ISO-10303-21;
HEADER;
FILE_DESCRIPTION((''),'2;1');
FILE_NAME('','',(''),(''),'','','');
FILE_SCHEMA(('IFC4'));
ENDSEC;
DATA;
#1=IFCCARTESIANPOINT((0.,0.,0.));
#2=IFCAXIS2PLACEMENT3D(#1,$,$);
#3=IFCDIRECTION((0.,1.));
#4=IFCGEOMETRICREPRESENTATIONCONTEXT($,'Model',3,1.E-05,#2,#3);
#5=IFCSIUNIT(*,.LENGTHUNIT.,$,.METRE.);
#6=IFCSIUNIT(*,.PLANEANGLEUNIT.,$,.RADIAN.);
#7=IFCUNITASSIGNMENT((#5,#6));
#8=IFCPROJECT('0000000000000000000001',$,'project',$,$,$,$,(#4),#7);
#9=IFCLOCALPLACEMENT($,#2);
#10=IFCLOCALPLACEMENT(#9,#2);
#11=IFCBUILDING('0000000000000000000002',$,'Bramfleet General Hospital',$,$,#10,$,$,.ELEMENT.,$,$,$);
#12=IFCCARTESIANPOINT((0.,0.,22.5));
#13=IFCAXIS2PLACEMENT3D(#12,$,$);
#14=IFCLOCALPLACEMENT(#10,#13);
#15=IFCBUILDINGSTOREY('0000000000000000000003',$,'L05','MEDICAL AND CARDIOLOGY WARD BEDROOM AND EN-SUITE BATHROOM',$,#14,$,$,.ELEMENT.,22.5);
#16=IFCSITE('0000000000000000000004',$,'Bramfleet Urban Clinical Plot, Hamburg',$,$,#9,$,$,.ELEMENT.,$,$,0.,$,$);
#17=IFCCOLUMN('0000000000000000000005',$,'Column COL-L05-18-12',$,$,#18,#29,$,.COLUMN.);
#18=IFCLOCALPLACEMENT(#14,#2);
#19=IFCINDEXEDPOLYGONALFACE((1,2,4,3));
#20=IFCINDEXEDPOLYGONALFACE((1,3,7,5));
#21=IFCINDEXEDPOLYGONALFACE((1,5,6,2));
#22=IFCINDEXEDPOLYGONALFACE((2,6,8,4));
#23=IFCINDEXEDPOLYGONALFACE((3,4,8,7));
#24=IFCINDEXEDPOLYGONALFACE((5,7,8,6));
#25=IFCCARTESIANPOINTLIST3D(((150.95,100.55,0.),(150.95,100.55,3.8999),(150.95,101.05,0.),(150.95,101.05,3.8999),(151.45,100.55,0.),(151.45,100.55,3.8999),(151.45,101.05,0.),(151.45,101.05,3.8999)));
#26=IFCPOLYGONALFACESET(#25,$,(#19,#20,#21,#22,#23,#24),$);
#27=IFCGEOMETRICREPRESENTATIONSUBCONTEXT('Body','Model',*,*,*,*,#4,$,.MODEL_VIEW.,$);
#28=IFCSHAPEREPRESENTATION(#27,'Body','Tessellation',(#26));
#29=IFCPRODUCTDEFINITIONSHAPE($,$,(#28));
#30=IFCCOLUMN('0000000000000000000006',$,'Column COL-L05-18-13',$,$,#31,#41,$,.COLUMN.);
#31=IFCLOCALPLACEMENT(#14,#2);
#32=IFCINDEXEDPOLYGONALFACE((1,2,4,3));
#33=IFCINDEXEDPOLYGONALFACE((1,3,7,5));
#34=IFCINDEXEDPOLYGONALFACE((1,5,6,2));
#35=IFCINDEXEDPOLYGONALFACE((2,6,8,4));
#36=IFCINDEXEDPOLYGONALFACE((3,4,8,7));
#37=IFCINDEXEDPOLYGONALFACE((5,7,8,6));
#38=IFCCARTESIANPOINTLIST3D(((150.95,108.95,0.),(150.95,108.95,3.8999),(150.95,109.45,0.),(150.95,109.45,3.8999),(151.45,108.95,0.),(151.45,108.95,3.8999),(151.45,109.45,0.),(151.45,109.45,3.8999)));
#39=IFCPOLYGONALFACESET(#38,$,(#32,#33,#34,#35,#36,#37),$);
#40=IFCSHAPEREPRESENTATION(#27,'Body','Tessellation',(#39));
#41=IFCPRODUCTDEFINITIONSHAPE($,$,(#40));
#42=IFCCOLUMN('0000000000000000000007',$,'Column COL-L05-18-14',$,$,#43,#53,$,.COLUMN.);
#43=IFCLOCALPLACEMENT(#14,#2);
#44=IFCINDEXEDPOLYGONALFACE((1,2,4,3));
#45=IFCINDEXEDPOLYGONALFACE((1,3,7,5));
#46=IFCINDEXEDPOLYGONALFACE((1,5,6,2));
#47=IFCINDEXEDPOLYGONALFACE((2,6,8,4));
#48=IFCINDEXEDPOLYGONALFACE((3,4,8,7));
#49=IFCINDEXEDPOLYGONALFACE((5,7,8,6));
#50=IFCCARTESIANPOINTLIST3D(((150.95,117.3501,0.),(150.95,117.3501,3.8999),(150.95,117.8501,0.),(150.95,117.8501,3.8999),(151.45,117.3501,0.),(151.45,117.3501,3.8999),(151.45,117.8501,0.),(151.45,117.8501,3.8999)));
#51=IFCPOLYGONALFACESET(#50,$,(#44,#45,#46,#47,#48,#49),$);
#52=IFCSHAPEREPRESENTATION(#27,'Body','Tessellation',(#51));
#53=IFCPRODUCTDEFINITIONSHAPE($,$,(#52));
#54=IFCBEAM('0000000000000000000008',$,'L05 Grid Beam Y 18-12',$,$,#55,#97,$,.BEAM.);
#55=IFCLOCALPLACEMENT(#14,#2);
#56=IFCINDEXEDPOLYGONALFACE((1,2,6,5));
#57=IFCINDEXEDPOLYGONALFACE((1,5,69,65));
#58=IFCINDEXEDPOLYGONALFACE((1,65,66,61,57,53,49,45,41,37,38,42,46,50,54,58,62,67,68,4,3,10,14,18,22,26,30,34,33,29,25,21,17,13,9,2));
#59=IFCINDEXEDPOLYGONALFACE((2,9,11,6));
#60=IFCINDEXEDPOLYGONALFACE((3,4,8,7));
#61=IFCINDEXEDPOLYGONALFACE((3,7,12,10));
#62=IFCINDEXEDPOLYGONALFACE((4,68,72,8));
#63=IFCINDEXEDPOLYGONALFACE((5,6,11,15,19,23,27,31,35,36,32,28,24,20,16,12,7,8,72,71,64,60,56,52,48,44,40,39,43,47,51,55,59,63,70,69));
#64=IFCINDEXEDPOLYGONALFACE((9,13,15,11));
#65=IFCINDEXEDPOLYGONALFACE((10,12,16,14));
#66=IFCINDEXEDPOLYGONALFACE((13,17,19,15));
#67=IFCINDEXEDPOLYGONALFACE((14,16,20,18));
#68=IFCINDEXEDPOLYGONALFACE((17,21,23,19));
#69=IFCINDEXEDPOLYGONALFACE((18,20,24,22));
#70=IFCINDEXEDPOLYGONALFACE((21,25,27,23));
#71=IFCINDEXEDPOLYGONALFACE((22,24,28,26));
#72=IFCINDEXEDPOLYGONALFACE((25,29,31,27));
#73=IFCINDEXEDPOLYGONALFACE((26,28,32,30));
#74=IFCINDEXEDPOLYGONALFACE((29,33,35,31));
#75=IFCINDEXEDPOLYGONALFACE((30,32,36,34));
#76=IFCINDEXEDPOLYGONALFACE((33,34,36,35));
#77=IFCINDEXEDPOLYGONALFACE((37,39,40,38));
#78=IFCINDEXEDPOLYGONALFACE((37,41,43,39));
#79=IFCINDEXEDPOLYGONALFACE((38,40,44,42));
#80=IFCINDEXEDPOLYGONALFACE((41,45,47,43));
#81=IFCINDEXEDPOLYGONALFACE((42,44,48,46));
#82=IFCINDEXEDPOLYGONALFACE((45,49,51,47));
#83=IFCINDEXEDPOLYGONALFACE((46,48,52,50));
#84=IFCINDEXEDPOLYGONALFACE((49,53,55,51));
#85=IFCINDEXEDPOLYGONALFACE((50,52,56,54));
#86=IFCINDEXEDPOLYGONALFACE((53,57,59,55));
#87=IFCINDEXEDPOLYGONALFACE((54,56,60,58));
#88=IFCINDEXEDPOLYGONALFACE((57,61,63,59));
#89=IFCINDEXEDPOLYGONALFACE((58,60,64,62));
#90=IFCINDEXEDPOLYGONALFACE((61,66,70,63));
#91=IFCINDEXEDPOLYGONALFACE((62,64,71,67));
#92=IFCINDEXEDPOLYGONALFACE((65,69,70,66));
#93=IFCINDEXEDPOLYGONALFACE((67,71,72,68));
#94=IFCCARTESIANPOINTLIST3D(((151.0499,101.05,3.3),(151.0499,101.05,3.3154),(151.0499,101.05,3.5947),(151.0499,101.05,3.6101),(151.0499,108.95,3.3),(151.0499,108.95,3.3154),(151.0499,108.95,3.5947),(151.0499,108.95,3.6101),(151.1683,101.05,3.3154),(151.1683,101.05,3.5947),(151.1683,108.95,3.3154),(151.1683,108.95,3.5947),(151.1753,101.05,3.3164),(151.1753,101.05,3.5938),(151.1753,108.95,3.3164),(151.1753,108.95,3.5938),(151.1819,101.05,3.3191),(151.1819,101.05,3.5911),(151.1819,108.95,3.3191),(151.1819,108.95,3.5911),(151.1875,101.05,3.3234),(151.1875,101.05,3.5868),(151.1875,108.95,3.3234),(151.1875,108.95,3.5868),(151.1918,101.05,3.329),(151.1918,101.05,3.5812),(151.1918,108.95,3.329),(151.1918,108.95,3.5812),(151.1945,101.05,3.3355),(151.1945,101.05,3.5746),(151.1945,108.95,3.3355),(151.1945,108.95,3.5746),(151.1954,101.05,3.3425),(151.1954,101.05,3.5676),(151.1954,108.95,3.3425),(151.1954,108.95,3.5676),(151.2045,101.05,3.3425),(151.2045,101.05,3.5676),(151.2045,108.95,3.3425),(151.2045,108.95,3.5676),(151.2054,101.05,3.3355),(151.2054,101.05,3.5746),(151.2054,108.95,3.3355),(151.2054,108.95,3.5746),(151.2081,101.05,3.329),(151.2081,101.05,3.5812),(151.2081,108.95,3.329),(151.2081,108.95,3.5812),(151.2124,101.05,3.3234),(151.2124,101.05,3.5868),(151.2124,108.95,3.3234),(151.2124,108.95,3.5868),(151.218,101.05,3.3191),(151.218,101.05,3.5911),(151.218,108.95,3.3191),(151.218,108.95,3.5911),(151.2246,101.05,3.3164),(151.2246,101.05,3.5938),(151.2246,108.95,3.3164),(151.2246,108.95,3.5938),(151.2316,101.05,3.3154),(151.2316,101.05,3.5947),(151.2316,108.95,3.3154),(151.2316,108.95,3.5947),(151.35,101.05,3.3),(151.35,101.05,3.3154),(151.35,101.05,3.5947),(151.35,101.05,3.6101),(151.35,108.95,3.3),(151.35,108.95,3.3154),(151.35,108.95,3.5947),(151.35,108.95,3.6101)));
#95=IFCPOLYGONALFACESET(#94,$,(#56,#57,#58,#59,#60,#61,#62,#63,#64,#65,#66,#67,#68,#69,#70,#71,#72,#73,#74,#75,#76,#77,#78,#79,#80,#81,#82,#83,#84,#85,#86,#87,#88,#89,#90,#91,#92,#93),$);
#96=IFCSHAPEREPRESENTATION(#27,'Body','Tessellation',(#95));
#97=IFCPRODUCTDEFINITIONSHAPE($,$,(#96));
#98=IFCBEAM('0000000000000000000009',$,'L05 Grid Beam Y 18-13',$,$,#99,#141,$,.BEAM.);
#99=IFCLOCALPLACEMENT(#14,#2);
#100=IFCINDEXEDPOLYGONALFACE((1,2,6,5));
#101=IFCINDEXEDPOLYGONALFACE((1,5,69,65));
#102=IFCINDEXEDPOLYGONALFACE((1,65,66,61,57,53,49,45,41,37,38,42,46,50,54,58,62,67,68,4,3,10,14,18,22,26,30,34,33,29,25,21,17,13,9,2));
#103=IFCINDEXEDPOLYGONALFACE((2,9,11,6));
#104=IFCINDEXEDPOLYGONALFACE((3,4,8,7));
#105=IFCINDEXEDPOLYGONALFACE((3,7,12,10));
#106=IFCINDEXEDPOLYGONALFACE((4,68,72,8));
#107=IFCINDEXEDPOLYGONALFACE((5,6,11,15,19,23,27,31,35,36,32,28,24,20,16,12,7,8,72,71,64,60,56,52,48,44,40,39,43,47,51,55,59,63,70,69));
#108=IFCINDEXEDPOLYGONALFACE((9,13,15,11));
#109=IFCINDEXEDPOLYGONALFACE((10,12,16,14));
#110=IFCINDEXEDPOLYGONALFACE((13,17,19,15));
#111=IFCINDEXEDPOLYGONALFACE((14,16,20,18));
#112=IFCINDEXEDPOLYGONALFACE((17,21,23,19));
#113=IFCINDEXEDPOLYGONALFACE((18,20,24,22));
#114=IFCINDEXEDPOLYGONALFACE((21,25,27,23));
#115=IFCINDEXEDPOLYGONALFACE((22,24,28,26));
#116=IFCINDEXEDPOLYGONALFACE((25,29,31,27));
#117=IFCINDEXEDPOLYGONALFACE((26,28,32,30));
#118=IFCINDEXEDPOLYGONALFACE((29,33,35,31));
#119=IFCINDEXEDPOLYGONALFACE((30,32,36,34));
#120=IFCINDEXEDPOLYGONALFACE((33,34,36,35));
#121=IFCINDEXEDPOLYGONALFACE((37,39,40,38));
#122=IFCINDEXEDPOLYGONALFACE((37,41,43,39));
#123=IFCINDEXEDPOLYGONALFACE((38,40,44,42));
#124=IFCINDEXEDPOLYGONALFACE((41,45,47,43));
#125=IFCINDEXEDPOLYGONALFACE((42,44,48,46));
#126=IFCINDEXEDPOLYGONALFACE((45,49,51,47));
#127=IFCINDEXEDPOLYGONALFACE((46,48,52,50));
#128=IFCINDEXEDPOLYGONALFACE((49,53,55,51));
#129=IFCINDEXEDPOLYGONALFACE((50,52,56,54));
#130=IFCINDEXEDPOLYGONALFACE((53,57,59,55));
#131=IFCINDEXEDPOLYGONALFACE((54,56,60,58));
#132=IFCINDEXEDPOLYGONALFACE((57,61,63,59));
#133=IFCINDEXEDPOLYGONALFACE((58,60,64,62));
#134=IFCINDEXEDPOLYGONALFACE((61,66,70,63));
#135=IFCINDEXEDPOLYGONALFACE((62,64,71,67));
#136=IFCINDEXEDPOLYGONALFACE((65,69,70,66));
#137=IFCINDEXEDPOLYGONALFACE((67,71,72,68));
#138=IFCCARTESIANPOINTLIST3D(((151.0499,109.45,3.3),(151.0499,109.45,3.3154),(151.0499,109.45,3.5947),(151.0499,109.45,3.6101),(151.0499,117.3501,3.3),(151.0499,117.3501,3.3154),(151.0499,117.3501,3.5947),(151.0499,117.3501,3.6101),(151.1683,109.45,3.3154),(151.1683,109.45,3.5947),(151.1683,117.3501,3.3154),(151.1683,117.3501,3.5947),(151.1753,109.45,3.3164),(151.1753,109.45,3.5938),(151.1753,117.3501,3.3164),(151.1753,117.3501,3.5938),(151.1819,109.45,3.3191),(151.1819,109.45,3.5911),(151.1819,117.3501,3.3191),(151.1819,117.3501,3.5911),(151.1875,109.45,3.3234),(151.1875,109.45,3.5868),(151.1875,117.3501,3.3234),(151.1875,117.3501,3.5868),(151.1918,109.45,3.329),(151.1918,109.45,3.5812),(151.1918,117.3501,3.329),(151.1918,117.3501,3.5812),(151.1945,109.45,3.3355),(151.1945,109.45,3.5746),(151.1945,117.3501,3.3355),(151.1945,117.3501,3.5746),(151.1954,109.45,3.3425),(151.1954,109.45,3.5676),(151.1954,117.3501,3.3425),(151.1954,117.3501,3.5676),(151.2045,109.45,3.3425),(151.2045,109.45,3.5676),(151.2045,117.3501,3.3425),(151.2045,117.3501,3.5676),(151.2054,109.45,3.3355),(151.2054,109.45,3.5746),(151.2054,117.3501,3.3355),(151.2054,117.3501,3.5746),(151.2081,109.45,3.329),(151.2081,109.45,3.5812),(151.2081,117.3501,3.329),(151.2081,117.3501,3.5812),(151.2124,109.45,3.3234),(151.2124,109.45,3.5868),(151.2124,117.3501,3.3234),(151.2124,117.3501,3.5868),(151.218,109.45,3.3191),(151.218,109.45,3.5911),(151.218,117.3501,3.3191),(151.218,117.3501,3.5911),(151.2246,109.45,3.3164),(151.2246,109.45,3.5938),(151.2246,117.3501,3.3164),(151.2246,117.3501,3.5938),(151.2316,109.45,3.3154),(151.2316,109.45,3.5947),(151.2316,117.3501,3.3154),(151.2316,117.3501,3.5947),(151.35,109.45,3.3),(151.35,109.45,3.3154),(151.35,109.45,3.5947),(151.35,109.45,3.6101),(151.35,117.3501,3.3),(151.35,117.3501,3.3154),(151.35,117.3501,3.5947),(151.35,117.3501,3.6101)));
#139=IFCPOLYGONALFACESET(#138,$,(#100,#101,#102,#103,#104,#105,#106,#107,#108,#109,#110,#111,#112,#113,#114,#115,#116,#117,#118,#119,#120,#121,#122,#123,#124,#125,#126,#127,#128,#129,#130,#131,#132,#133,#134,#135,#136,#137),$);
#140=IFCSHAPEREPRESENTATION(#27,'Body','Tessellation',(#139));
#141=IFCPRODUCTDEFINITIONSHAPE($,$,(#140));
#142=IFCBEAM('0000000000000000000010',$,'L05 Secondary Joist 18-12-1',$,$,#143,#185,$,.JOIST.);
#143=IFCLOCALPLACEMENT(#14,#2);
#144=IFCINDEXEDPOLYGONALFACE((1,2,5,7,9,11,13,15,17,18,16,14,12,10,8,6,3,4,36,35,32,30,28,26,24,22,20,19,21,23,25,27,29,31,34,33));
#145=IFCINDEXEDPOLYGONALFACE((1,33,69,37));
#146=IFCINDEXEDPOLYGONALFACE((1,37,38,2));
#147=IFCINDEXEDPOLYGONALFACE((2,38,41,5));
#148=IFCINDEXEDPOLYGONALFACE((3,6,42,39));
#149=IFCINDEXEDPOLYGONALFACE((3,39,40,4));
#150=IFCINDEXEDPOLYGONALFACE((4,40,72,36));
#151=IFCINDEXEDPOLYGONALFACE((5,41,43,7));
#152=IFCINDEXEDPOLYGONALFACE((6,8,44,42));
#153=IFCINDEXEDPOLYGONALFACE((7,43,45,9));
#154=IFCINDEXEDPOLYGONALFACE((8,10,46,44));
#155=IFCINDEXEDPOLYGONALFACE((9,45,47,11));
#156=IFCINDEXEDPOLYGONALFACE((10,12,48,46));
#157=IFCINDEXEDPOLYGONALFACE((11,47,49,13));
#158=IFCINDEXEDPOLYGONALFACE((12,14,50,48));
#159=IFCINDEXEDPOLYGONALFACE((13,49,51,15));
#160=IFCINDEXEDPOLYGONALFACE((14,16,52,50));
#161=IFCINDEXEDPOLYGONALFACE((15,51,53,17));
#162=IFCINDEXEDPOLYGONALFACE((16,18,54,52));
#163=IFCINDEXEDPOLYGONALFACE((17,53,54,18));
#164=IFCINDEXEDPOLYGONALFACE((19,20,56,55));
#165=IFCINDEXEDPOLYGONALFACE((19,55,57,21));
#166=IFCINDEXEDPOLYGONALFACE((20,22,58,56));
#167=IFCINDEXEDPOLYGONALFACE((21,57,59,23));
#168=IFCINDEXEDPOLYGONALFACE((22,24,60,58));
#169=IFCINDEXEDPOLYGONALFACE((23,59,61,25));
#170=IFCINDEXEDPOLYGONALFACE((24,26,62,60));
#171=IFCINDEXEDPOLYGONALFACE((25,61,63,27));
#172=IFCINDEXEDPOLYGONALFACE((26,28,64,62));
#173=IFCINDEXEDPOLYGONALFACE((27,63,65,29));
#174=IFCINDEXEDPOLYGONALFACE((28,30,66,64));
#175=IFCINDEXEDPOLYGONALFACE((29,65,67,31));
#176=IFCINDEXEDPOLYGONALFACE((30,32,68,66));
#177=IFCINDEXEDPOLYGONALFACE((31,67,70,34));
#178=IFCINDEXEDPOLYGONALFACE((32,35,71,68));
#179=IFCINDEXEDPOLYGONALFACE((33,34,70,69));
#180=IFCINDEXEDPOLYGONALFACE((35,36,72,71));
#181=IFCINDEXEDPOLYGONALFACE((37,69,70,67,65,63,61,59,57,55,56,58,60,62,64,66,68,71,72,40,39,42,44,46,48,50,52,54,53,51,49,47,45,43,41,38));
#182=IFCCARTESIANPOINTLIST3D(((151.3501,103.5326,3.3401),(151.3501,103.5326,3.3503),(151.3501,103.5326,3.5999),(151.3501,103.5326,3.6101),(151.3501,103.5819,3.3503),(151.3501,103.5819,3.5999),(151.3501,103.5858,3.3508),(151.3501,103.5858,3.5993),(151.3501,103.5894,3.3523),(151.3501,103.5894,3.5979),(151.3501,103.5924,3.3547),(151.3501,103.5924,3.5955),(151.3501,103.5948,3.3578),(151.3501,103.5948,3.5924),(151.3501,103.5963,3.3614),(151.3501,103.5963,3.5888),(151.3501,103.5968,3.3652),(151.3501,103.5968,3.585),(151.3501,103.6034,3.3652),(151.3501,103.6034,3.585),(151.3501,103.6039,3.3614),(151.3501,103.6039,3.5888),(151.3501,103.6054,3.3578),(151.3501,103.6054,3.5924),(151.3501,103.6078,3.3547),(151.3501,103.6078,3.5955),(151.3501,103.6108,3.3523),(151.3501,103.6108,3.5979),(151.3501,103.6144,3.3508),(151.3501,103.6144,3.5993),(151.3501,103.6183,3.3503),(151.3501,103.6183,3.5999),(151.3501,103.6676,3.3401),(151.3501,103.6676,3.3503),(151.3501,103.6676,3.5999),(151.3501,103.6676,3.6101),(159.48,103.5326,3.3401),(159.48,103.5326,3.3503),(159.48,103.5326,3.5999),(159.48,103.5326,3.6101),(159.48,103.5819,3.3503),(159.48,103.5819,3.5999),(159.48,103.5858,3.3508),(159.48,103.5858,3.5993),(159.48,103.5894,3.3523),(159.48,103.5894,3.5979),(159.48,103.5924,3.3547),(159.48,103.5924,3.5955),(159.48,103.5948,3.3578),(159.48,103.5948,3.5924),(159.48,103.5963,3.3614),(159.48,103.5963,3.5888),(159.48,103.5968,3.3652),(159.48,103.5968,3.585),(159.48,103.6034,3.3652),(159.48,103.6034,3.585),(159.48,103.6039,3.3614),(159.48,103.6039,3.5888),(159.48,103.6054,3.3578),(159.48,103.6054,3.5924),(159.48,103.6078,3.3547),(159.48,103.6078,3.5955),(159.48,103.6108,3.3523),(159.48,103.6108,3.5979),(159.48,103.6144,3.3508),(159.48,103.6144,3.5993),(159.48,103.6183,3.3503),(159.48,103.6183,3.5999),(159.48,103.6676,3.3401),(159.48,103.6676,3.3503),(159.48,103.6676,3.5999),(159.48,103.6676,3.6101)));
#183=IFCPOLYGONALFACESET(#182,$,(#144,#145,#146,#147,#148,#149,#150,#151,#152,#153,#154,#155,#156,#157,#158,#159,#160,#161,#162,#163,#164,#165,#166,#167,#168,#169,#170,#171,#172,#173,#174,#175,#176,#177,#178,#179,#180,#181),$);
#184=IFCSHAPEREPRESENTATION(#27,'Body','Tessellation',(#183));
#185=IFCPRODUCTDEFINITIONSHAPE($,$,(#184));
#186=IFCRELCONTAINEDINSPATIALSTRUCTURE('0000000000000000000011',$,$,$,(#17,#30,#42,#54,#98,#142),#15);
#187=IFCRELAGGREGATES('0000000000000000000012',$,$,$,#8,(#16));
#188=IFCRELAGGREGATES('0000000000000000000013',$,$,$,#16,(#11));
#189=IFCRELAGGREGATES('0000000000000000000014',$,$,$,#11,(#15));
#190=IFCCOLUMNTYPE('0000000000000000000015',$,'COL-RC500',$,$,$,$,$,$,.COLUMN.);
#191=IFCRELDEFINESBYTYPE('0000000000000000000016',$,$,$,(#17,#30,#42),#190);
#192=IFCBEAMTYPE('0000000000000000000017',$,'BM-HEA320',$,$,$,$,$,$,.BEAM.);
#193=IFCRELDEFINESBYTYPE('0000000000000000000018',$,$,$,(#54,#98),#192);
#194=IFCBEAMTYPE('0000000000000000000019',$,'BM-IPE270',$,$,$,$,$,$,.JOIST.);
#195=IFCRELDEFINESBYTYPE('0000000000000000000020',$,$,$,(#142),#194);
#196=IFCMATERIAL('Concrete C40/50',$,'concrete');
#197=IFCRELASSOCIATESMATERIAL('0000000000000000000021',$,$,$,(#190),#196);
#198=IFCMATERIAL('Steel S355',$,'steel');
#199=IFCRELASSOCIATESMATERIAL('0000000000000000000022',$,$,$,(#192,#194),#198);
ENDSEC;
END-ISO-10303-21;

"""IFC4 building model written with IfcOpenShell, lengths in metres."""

from ifc_helpers import new_model, si_unit, direction, frame, origin, origin_2d, place, context, subcontext, project, spatial, rectangle, i_section, extrude, material, material_profile, profile_set, type_object, element, save


model = new_model("IFC4")

# Units and contexts
model_context = context("Model", 3, precision=1e-05, world=origin(), true_north=direction((0.0, 1.0)))
body_context = subcontext(model_context, "Body", "Model", "MODEL_VIEW")
ifc_project = project(units=[si_unit("LENGTHUNIT", "METRE"), si_unit("PLANEANGLEUNIT", "RADIAN")], contexts=[model_context])

# Site, building, storey
site_placement = place(None, origin())
site = spatial("IfcSite", under=ifc_project, at=site_placement, Name="Bramfleet Urban Clinical Plot, Hamburg", CompositionType="ELEMENT", RefElevation=0.0)
building_placement = place(site_placement, origin())
building = spatial("IfcBuilding", under=site, at=building_placement, Name="Bramfleet General Hospital", CompositionType="ELEMENT")
storey_placement = place(building_placement, frame((0.0, 0.0, 22.5)))
storey = spatial("IfcBuildingStorey", under=building, at=storey_placement, Name="L05", Description="MEDICAL AND CARDIOLOGY WARD BEDROOM AND EN-SUITE BATHROOM", CompositionType="ELEMENT", Elevation=22.5)

# Columns
ifc_material_1 = material(Name="Concrete C40/50", Category="concrete")
ifc_material_profile_1 = material_profile(ifc_material_1, rectangle(XDim=0.5, YDim=0.5, at=origin_2d()), Name="RC COL 500x500")
ifc_profile_set_1 = profile_set([ifc_material_profile_1], Name="Concrete C40/50")
column_type = type_object("IfcColumnType", Name="COL-RC500", PredefinedType="COLUMN", material=ifc_profile_set_1)
for number, where, z_axis, x_axis, name in (
    (1, (151.2, 100.8, 0.0), (0.0, 0.0, 1.0), (1.0, 0.0, 0.0), "Column COL-L05-18-12"),
    (2, (151.2, 109.2, 0.0), (0.0, 0.0, 1.0), (1.0, 0.0, 0.0), "Column COL-L05-18-13"),
    (3, (151.2, 117.6001, 0.0), (0.0, 0.0, 1.0), (1.0, 0.0, 0.0), "Column COL-L05-18-14"),
):
    element("IfcColumn", number, at=place(storey_placement, frame(where, z_axis=z_axis, x_axis=x_axis)), inside=storey, type_object=column_type, Name=name, PredefinedType="COLUMN", context=body_context, shape_type="SweptSolid", body=[
        extrude(rectangle(XDim=0.5, YDim=0.5, at=origin_2d()), origin(), (0.0, 0.0, 1.0), 3.8999),
    ])

# Beams
ifc_material_2 = material(Name="Steel S355", Category="steel")
ifc_material_profile_2 = material_profile(ifc_material_2, i_section(OverallWidth=0.3, OverallDepth=0.3101, WebThickness=0.009, FlangeThickness=0.0154, FilletRadius=0.0271, at=origin_2d()), Name="HEA 320")
ifc_profile_set_2 = profile_set([ifc_material_profile_2], Name="Steel S355")
beam_type_1 = type_object("IfcBeamType", Name="BM-HEA320", PredefinedType="BEAM", material=ifc_profile_set_2)
beam_1_placement = place(storey_placement, frame((151.2, 101.05, 3.4551), z_axis=(0.0, 1.0, 0.0), x_axis=(-1.0, 0.0, 0.0)))
element("IfcBeam", 4, at=beam_1_placement, inside=storey, type_object=beam_type_1, Name="L05 Grid Beam Y 18-12", PredefinedType="BEAM", context=body_context, shape_type="SweptSolid", body=[
    extrude(i_section(OverallWidth=0.3, OverallDepth=0.3101, WebThickness=0.009, FlangeThickness=0.0154, FilletRadius=0.0271, at=origin_2d()), origin(), (0.0, 0.0, 1.0), 7.8999),
])
beam_2_placement = place(storey_placement, frame((151.2, 109.45, 3.4551), z_axis=(0.0, 1.0, 0.0), x_axis=(-1.0, 0.0, 0.0)))
element("IfcBeam", 5, at=beam_2_placement, inside=storey, type_object=beam_type_1, Name="L05 Grid Beam Y 18-13", PredefinedType="BEAM", context=body_context, shape_type="SweptSolid", body=[
    extrude(i_section(OverallWidth=0.3, OverallDepth=0.3101, WebThickness=0.009, FlangeThickness=0.0154, FilletRadius=0.0271, at=origin_2d()), origin(), (0.0, 0.0, 1.0), 7.9001),
])
ifc_material_profile_3 = material_profile(ifc_material_2, i_section(OverallWidth=0.135, OverallDepth=0.27, WebThickness=0.0066, FlangeThickness=0.0103, FilletRadius=0.0149, at=origin_2d()), Name="IPE 270")
ifc_profile_set_3 = profile_set([ifc_material_profile_3], Name="Steel S355")
beam_type_2 = type_object("IfcBeamType", Name="BM-IPE270", PredefinedType="JOIST", material=ifc_profile_set_3)
for number, where, z_axis, x_axis, name in (
    (6, (151.3501, 103.6001, 3.4751), (1.0, 0.0, 0.0), (0.0, 1.0, 0.0), "L05 Secondary Joist 18-12-1"),
):
    element("IfcBeam", number, at=place(storey_placement, frame(where, z_axis=z_axis, x_axis=x_axis)), inside=storey, type_object=beam_type_2, Name=name, PredefinedType="JOIST", context=body_context, shape_type="SweptSolid", body=[
        extrude(i_section(OverallWidth=0.135, OverallDepth=0.27, WebThickness=0.0066, FlangeThickness=0.0103, FilletRadius=0.0149, at=origin_2d()), origin(), (0.0, 0.0, 1.0), 8.1299),
    ])

save(model, "model.ifc")
